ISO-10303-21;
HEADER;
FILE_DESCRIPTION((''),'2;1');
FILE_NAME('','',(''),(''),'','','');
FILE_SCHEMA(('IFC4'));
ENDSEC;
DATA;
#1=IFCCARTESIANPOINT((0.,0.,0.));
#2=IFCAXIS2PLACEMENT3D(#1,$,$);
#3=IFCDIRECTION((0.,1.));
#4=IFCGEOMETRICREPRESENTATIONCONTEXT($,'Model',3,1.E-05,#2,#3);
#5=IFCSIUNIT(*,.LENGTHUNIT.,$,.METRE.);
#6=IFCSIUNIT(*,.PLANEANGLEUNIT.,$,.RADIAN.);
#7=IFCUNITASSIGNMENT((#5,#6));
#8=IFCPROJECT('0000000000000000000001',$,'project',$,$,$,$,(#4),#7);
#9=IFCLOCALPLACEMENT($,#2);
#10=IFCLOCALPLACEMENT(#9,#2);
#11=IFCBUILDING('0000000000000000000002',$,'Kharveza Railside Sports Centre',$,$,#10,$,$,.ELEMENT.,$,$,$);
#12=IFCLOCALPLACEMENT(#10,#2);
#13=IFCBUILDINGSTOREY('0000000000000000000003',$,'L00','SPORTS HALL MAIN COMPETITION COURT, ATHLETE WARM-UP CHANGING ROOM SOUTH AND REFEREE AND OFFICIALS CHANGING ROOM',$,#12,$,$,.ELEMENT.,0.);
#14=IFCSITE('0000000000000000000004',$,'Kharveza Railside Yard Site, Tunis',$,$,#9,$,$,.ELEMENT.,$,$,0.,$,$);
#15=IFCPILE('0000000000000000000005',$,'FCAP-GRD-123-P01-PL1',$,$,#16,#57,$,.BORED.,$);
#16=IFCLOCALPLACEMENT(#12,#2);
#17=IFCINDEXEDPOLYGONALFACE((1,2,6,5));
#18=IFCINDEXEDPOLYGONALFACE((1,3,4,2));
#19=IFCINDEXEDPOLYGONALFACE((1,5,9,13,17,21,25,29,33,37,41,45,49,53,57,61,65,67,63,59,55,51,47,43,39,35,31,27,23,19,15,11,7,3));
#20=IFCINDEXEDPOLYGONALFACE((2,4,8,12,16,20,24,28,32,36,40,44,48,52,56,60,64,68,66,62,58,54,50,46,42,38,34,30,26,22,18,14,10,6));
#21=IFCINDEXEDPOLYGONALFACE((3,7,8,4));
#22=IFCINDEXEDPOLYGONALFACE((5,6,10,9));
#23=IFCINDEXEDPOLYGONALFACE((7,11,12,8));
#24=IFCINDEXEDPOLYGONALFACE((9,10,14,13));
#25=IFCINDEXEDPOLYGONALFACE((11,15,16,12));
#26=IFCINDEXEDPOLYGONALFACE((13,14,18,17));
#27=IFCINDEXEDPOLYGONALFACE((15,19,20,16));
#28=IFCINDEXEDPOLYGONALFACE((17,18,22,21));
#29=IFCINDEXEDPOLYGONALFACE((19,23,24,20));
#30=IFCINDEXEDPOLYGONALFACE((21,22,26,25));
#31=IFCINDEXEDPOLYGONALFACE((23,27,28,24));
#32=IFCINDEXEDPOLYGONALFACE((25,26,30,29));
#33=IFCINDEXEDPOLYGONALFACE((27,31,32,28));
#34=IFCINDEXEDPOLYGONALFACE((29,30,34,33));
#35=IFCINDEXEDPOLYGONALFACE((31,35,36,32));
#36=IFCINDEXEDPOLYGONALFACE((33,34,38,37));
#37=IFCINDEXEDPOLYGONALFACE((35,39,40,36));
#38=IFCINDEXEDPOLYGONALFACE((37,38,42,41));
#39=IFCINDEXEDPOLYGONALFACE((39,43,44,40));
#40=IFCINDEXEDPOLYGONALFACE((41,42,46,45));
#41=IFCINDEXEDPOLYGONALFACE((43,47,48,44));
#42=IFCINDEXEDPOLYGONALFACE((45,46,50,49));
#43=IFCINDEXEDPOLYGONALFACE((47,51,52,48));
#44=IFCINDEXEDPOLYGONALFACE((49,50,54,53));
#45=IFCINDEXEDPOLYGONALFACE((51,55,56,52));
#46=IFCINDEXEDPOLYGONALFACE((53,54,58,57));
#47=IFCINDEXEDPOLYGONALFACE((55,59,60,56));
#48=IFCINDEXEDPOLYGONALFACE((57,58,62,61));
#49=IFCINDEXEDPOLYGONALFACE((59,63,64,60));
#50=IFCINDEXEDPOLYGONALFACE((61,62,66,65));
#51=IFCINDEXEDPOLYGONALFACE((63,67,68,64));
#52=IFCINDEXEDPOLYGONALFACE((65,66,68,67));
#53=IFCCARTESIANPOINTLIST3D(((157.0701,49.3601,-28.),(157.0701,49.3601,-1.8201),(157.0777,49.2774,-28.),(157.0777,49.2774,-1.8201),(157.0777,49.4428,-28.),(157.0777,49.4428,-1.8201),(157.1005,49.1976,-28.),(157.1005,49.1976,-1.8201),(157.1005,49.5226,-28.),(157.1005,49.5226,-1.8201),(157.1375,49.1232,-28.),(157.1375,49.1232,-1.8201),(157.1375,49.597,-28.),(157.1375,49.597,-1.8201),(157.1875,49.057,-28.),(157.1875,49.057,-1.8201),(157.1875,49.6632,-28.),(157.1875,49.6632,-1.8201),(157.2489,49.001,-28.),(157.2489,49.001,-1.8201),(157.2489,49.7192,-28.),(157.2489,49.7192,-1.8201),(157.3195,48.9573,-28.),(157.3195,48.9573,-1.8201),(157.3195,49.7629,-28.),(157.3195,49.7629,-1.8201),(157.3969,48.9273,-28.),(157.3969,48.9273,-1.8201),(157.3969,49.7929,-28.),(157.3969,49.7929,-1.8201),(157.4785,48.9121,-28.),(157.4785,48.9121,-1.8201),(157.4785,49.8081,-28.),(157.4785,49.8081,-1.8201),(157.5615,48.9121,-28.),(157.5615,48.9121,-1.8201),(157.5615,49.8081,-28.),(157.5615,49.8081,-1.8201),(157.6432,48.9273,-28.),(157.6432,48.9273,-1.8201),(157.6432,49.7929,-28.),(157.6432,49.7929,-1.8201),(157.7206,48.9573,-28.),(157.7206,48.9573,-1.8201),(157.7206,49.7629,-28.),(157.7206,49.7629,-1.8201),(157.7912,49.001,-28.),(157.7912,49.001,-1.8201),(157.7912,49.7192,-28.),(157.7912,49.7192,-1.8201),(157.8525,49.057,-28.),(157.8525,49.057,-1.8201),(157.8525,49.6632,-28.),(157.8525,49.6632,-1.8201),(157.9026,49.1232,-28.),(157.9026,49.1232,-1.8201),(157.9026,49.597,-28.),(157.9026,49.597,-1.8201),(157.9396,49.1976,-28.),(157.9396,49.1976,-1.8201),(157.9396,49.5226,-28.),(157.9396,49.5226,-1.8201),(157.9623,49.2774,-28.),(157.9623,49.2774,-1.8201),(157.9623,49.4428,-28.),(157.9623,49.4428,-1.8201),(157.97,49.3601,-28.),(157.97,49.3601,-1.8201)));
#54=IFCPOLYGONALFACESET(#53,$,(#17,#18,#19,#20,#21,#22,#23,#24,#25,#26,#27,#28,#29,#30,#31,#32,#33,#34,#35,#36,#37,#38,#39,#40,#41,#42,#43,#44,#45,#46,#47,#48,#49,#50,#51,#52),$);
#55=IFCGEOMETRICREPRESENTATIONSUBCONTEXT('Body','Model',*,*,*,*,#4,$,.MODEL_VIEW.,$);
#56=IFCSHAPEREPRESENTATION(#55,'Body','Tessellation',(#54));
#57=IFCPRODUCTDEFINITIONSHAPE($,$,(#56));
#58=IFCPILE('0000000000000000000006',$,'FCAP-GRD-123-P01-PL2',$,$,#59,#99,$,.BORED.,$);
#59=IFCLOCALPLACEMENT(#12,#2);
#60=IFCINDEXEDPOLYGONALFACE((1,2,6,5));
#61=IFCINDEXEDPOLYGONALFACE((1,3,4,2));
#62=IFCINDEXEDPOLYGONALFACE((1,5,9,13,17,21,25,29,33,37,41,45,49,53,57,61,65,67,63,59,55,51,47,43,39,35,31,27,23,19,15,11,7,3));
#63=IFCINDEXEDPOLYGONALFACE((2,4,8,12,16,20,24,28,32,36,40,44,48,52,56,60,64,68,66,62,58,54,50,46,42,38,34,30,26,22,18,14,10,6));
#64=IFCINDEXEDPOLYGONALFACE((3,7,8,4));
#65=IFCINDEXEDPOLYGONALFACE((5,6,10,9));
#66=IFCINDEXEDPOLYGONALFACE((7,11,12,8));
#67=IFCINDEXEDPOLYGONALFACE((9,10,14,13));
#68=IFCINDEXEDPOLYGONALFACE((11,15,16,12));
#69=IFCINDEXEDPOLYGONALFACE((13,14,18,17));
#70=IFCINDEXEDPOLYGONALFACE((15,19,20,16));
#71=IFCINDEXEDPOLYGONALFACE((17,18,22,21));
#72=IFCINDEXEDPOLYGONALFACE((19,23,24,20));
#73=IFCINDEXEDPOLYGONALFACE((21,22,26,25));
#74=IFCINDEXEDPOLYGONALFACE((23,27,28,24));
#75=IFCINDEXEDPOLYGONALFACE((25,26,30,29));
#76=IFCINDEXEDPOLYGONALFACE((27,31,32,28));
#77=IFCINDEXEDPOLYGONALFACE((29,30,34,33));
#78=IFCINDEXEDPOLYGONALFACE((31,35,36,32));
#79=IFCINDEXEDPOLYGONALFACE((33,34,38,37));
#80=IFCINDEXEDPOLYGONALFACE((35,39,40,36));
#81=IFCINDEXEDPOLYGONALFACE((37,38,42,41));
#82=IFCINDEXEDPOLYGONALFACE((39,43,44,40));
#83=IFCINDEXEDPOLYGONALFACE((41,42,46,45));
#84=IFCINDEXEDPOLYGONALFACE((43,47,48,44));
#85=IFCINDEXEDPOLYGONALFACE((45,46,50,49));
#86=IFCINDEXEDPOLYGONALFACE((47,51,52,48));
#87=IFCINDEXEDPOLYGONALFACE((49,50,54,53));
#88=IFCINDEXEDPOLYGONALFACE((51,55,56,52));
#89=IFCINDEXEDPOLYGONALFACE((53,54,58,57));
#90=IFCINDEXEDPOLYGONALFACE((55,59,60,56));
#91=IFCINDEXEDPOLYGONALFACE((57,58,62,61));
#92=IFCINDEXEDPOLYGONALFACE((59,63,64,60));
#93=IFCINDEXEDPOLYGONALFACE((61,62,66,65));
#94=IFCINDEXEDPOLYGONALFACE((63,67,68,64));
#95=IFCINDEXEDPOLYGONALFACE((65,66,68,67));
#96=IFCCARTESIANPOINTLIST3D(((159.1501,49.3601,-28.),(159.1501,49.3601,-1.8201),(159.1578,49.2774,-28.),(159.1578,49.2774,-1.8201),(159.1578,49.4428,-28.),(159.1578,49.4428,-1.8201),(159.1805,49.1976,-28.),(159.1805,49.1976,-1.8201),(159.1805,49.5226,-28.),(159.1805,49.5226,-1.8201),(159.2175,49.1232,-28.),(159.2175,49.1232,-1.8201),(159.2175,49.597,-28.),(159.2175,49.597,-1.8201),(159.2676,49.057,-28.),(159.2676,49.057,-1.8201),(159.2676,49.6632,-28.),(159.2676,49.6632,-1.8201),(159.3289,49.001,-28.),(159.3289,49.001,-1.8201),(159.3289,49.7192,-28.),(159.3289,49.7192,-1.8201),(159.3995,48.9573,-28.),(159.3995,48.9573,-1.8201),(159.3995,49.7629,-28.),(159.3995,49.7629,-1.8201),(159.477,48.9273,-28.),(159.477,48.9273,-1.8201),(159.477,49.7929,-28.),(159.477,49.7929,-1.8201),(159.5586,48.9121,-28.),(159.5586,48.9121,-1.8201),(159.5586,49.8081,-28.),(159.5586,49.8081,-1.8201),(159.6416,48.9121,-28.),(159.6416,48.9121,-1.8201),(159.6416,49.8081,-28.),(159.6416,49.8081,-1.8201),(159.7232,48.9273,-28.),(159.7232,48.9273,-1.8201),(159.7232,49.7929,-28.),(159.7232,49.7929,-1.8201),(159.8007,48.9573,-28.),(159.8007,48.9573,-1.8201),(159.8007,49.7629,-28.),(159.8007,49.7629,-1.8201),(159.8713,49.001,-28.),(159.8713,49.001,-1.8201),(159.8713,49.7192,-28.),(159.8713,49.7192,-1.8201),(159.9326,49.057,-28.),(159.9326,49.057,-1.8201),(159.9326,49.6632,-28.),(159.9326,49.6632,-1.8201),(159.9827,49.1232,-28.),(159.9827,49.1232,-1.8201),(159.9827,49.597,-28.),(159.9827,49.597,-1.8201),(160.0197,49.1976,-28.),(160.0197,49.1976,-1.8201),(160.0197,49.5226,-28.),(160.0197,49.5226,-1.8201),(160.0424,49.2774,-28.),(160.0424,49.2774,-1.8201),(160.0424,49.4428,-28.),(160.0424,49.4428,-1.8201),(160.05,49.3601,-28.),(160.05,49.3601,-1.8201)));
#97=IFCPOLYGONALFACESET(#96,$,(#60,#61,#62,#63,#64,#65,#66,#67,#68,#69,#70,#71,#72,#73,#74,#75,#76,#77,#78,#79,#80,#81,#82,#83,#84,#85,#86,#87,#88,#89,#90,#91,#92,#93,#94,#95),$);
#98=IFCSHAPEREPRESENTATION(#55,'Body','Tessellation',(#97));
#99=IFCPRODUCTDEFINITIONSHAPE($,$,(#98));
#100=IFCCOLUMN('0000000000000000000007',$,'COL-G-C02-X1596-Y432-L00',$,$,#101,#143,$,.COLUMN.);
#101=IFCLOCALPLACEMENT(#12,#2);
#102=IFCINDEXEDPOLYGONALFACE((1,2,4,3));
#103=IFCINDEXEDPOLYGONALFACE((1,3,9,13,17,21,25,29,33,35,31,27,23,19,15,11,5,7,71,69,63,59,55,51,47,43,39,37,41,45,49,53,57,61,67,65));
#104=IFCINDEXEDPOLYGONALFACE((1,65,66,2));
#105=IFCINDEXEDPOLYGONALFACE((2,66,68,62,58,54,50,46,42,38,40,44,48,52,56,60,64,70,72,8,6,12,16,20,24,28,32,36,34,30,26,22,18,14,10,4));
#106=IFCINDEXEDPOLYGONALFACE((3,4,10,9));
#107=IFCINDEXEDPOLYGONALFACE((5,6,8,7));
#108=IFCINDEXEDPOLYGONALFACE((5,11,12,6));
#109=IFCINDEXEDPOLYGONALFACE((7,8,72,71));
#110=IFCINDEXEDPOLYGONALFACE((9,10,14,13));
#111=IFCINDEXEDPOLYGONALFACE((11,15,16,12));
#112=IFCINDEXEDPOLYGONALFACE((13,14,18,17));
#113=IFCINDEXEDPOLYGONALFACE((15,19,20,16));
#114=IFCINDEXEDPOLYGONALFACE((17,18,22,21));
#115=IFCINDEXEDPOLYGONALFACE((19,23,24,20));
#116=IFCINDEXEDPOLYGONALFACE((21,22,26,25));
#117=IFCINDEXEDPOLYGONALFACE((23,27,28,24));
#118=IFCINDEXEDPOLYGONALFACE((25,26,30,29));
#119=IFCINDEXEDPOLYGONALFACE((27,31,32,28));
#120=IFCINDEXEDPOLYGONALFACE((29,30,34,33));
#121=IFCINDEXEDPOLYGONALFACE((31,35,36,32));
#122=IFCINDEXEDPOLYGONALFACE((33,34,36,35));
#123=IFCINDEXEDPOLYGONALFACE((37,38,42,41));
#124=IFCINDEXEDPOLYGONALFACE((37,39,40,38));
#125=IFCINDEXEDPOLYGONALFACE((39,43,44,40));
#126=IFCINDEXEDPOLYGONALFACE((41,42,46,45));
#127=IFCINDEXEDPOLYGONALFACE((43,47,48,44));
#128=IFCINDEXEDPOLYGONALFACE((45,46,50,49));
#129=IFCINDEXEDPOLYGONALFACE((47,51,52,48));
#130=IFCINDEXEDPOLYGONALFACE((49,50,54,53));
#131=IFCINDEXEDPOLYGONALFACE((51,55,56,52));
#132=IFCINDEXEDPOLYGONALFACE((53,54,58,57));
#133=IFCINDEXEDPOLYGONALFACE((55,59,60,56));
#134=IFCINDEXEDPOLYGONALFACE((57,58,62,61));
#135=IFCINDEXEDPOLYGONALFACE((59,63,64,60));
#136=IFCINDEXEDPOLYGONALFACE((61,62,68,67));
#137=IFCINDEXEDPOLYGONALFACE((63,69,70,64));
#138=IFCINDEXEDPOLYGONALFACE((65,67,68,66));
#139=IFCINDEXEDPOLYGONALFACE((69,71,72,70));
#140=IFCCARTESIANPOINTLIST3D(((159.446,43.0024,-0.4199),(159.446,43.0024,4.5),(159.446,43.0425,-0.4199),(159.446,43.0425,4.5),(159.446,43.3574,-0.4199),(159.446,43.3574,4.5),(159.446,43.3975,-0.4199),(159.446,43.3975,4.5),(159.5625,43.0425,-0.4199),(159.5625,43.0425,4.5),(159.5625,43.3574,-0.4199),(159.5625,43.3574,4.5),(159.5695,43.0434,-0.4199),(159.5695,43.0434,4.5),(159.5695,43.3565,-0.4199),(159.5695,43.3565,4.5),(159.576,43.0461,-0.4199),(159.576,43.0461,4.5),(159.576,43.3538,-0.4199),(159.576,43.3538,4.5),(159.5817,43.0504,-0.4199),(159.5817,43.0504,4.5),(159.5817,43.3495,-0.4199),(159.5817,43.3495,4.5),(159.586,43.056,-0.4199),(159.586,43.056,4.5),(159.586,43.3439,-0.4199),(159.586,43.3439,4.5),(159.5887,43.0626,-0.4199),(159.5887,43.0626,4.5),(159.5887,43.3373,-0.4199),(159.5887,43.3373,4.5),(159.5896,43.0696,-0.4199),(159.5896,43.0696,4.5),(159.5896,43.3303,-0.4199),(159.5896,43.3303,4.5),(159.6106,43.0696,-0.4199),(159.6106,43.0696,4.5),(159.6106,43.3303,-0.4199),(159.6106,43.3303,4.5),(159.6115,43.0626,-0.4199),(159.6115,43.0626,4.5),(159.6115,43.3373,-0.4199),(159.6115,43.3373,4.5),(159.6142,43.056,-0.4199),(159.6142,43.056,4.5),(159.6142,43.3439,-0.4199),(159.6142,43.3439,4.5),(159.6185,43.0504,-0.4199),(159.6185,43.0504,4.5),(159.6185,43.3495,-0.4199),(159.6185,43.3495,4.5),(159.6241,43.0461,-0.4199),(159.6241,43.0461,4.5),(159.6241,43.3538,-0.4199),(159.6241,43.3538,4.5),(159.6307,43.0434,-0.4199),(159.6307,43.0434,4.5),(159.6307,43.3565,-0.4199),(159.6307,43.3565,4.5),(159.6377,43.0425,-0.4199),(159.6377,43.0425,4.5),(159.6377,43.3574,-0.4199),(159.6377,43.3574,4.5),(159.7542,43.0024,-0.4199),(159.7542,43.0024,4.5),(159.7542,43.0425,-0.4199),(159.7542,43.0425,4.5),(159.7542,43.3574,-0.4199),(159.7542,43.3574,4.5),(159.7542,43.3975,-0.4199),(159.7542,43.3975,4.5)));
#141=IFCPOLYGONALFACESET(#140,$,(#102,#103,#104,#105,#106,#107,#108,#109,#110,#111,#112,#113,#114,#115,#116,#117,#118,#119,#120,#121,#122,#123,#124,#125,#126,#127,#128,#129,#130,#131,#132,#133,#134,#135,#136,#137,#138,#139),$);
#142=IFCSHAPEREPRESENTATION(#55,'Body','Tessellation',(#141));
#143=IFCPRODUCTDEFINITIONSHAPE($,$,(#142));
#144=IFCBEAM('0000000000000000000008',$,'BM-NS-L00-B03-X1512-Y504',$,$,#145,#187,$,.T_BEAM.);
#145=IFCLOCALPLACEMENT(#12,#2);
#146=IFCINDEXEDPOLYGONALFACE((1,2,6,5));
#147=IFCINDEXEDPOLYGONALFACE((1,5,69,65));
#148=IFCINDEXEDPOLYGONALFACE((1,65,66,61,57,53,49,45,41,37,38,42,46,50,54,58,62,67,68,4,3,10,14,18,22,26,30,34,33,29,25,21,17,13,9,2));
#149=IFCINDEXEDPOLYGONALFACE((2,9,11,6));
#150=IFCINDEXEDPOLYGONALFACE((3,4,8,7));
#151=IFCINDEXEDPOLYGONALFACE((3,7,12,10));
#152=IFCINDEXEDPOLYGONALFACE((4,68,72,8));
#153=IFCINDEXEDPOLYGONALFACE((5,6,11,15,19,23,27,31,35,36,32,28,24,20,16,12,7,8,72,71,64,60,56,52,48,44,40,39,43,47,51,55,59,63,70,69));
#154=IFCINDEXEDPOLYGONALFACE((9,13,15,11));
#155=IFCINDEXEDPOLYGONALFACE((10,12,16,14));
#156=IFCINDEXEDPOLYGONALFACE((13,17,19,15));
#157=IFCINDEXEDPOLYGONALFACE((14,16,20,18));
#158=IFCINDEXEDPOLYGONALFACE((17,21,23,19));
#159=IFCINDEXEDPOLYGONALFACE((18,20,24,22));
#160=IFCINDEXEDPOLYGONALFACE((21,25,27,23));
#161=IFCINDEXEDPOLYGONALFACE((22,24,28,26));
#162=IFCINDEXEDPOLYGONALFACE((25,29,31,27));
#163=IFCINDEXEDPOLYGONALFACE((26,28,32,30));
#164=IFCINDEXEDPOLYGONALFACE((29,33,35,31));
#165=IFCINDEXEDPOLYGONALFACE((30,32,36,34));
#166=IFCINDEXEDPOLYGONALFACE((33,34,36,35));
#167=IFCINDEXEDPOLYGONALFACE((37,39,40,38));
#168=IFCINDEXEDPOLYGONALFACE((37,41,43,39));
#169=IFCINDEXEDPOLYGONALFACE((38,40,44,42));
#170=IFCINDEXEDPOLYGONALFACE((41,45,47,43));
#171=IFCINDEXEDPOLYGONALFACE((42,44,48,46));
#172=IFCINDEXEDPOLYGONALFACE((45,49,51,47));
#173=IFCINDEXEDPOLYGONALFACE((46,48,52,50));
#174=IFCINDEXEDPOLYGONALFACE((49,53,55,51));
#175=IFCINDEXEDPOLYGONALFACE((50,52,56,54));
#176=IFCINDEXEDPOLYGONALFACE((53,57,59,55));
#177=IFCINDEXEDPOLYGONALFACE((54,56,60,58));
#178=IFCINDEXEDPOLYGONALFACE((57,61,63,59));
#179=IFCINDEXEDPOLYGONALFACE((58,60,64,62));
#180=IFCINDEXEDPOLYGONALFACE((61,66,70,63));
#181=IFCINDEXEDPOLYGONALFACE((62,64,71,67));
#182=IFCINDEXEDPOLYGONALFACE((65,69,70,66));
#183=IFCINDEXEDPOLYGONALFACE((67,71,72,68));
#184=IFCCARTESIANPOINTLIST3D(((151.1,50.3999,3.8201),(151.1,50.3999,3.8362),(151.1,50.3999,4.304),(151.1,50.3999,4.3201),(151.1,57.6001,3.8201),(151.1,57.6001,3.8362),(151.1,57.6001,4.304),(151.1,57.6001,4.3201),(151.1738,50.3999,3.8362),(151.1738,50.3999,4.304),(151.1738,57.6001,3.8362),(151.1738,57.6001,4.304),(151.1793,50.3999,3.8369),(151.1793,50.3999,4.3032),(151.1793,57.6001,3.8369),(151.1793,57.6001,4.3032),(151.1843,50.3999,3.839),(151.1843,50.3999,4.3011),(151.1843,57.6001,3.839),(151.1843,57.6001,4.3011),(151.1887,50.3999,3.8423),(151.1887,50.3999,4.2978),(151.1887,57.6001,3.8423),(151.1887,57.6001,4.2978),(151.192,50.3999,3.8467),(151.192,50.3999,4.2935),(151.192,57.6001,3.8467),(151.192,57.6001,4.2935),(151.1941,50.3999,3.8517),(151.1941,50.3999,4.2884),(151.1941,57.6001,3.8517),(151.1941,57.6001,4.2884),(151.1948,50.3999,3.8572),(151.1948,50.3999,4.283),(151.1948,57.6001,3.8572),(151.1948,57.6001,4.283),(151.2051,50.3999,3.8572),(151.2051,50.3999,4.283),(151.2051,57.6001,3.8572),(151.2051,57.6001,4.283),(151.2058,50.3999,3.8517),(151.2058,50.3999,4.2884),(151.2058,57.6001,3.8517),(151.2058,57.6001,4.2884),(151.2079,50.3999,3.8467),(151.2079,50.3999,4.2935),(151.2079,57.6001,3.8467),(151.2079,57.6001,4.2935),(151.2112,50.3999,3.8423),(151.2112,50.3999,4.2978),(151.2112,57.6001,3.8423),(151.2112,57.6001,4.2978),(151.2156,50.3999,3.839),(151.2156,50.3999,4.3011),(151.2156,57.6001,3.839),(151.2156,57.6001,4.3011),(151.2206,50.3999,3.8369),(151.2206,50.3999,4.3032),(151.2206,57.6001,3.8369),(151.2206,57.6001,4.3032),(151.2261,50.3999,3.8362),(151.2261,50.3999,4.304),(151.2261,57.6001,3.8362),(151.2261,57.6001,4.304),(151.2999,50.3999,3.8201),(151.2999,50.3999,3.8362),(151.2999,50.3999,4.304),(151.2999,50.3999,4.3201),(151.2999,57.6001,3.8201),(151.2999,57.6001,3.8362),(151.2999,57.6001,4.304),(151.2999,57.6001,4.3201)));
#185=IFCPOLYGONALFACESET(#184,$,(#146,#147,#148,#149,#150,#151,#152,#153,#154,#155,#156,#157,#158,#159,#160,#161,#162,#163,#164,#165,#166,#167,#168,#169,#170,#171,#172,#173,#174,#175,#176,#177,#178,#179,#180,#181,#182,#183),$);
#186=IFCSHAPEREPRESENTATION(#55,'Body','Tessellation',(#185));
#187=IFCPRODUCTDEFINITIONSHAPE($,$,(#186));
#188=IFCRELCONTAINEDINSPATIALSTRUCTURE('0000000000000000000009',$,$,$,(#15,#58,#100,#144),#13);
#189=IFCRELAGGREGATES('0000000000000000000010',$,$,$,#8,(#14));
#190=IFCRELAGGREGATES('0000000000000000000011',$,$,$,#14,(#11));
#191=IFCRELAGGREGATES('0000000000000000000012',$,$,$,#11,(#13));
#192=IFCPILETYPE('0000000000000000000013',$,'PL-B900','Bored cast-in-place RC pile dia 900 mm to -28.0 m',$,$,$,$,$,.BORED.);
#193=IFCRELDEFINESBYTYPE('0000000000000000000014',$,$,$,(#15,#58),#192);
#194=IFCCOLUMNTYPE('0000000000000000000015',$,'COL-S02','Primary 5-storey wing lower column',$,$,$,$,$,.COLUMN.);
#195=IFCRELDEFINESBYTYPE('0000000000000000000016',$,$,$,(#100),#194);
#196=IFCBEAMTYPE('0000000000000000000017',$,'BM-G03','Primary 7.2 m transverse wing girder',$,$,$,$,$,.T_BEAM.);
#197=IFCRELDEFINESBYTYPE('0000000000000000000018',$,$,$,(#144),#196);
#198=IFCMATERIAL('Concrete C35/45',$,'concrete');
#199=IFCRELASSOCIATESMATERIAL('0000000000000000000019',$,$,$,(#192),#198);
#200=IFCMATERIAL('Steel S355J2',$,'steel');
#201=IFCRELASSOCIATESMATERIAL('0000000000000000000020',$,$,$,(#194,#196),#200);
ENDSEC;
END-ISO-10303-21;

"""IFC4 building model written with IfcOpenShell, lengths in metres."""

from ifc_helpers import new_model, si_unit, direction, frame, origin, origin_2d, place, context, subcontext, project, spatial, circle, i_section, extrude, material, material_profile, profile_set, type_object, element, save


model = new_model("IFC4")

# Units and contexts
model_context = context("Model", 3, precision=1e-05, world=origin(), true_north=direction((0.0, 1.0)))
body_context = subcontext(model_context, "Body", "Model", "MODEL_VIEW")
ifc_project = project(units=[si_unit("LENGTHUNIT", "METRE"), si_unit("PLANEANGLEUNIT", "RADIAN")], contexts=[model_context])

# Site, building, storey
site_placement = place(None, origin())
site = spatial("IfcSite", under=ifc_project, at=site_placement, Name="Kharveza Railside Yard Site, Tunis", CompositionType="ELEMENT", RefElevation=0.0)
building_placement = place(site_placement, origin())
building = spatial("IfcBuilding", under=site, at=building_placement, Name="Kharveza Railside Sports Centre", CompositionType="ELEMENT")
storey_placement = place(building_placement, origin())
storey = spatial("IfcBuildingStorey", under=building, at=storey_placement, Name="L00", Description="SPORTS HALL MAIN COMPETITION COURT, ATHLETE WARM-UP CHANGING ROOM SOUTH AND REFEREE AND OFFICIALS CHANGING ROOM", CompositionType="ELEMENT", Elevation=0.0)

# Shared definitions
ifc_material_1 = material(Name="Concrete C35/45", Category="concrete")

# Piles
ifc_material_profile_1 = material_profile(ifc_material_1, circle(Radius=0.45, at=origin_2d()), Name="PILE D900")
ifc_profile_set_1 = profile_set([ifc_material_profile_1], Name="Concrete C35/45")
pile_type_1 = type_object("IfcPileType", Name="PL-B900", Description="Bored cast-in-place RC pile dia 900 mm to -28.0 m", PredefinedType="BORED", material=ifc_profile_set_1)
for number, where, z_axis, x_axis, name in (
    (1, (157.52, 49.3601, -1.8201), (0.0, 0.0, -1.0), (1.0, 0.0, 0.0), "FCAP-GRD-123-P01-PL1"),
    (2, (159.6001, 49.3601, -1.8201), (0.0, 0.0, -1.0), (1.0, 0.0, 0.0), "FCAP-GRD-123-P01-PL2"),
):
    element("IfcPile", number, at=place(storey_placement, frame(where, z_axis=z_axis, x_axis=x_axis)), inside=storey, type_object=pile_type_1, Name=name, PredefinedType="BORED", context=body_context, shape_type="SweptSolid", body=[
        extrude(circle(Radius=0.45, at=origin_2d()), origin(), (0.0, 0.0, 1.0), 26.1799),
    ])

# Column
ifc_material_2 = material(Name="Steel S355J2", Category="steel")
ifc_material_profile_2 = material_profile(ifc_material_2, i_section(OverallWidth=0.3081, OverallDepth=0.395, WebThickness=0.021, FlangeThickness=0.04, FilletRadius=0.0271, at=origin_2d()), Name="HEM 360")
ifc_profile_set_2 = profile_set([ifc_material_profile_2], Name="Steel S355J2")
column_type = type_object("IfcColumnType", Name="COL-S02", Description="Primary 5-storey wing lower column", PredefinedType="COLUMN", material=ifc_profile_set_2)
column_placement = place(storey_placement, frame((159.6001, 43.2, -0.4199), z_axis=(0.0, 0.0, 1.0), x_axis=(1.0, 0.0, 0.0)))
element("IfcColumn", 3, at=column_placement, inside=storey, type_object=column_type, Name="COL-G-C02-X1596-Y432-L00", PredefinedType="COLUMN", context=body_context, shape_type="SweptSolid", body=[
    extrude(i_section(OverallWidth=0.3081, OverallDepth=0.395, WebThickness=0.021, FlangeThickness=0.04, FilletRadius=0.0271, at=origin_2d()), origin(), (0.0, 0.0, 1.0), 4.9199),
])

# Beam
ifc_material_profile_3 = material_profile(ifc_material_2, i_section(OverallWidth=0.2, OverallDepth=0.5, WebThickness=0.0103, FlangeThickness=0.0161, FilletRadius=0.021, at=origin_2d()), Name="IPE 500")
ifc_profile_set_3 = profile_set([ifc_material_profile_3], Name="Steel S355J2")
beam_type_1 = type_object("IfcBeamType", Name="BM-G03", Description="Primary 7.2 m transverse wing girder", PredefinedType="T_BEAM", material=ifc_profile_set_3)
beam_1_placement = place(storey_placement, frame((151.2, 50.3999, 4.0701), z_axis=(0.0, 1.0, 0.0), x_axis=(-1.0, 0.0, 0.0)))
element("IfcBeam", 4, at=beam_1_placement, inside=storey, type_object=beam_type_1, Name="BM-NS-L00-B03-X1512-Y504", PredefinedType="T_BEAM", context=body_context, shape_type="SweptSolid", body=[
    extrude(i_section(OverallWidth=0.2, OverallDepth=0.5, WebThickness=0.0103, FlangeThickness=0.0161, FilletRadius=0.021, at=origin_2d()), origin(), (0.0, 0.0, 1.0), 7.2002),
])

save(model, "model.ifc")
